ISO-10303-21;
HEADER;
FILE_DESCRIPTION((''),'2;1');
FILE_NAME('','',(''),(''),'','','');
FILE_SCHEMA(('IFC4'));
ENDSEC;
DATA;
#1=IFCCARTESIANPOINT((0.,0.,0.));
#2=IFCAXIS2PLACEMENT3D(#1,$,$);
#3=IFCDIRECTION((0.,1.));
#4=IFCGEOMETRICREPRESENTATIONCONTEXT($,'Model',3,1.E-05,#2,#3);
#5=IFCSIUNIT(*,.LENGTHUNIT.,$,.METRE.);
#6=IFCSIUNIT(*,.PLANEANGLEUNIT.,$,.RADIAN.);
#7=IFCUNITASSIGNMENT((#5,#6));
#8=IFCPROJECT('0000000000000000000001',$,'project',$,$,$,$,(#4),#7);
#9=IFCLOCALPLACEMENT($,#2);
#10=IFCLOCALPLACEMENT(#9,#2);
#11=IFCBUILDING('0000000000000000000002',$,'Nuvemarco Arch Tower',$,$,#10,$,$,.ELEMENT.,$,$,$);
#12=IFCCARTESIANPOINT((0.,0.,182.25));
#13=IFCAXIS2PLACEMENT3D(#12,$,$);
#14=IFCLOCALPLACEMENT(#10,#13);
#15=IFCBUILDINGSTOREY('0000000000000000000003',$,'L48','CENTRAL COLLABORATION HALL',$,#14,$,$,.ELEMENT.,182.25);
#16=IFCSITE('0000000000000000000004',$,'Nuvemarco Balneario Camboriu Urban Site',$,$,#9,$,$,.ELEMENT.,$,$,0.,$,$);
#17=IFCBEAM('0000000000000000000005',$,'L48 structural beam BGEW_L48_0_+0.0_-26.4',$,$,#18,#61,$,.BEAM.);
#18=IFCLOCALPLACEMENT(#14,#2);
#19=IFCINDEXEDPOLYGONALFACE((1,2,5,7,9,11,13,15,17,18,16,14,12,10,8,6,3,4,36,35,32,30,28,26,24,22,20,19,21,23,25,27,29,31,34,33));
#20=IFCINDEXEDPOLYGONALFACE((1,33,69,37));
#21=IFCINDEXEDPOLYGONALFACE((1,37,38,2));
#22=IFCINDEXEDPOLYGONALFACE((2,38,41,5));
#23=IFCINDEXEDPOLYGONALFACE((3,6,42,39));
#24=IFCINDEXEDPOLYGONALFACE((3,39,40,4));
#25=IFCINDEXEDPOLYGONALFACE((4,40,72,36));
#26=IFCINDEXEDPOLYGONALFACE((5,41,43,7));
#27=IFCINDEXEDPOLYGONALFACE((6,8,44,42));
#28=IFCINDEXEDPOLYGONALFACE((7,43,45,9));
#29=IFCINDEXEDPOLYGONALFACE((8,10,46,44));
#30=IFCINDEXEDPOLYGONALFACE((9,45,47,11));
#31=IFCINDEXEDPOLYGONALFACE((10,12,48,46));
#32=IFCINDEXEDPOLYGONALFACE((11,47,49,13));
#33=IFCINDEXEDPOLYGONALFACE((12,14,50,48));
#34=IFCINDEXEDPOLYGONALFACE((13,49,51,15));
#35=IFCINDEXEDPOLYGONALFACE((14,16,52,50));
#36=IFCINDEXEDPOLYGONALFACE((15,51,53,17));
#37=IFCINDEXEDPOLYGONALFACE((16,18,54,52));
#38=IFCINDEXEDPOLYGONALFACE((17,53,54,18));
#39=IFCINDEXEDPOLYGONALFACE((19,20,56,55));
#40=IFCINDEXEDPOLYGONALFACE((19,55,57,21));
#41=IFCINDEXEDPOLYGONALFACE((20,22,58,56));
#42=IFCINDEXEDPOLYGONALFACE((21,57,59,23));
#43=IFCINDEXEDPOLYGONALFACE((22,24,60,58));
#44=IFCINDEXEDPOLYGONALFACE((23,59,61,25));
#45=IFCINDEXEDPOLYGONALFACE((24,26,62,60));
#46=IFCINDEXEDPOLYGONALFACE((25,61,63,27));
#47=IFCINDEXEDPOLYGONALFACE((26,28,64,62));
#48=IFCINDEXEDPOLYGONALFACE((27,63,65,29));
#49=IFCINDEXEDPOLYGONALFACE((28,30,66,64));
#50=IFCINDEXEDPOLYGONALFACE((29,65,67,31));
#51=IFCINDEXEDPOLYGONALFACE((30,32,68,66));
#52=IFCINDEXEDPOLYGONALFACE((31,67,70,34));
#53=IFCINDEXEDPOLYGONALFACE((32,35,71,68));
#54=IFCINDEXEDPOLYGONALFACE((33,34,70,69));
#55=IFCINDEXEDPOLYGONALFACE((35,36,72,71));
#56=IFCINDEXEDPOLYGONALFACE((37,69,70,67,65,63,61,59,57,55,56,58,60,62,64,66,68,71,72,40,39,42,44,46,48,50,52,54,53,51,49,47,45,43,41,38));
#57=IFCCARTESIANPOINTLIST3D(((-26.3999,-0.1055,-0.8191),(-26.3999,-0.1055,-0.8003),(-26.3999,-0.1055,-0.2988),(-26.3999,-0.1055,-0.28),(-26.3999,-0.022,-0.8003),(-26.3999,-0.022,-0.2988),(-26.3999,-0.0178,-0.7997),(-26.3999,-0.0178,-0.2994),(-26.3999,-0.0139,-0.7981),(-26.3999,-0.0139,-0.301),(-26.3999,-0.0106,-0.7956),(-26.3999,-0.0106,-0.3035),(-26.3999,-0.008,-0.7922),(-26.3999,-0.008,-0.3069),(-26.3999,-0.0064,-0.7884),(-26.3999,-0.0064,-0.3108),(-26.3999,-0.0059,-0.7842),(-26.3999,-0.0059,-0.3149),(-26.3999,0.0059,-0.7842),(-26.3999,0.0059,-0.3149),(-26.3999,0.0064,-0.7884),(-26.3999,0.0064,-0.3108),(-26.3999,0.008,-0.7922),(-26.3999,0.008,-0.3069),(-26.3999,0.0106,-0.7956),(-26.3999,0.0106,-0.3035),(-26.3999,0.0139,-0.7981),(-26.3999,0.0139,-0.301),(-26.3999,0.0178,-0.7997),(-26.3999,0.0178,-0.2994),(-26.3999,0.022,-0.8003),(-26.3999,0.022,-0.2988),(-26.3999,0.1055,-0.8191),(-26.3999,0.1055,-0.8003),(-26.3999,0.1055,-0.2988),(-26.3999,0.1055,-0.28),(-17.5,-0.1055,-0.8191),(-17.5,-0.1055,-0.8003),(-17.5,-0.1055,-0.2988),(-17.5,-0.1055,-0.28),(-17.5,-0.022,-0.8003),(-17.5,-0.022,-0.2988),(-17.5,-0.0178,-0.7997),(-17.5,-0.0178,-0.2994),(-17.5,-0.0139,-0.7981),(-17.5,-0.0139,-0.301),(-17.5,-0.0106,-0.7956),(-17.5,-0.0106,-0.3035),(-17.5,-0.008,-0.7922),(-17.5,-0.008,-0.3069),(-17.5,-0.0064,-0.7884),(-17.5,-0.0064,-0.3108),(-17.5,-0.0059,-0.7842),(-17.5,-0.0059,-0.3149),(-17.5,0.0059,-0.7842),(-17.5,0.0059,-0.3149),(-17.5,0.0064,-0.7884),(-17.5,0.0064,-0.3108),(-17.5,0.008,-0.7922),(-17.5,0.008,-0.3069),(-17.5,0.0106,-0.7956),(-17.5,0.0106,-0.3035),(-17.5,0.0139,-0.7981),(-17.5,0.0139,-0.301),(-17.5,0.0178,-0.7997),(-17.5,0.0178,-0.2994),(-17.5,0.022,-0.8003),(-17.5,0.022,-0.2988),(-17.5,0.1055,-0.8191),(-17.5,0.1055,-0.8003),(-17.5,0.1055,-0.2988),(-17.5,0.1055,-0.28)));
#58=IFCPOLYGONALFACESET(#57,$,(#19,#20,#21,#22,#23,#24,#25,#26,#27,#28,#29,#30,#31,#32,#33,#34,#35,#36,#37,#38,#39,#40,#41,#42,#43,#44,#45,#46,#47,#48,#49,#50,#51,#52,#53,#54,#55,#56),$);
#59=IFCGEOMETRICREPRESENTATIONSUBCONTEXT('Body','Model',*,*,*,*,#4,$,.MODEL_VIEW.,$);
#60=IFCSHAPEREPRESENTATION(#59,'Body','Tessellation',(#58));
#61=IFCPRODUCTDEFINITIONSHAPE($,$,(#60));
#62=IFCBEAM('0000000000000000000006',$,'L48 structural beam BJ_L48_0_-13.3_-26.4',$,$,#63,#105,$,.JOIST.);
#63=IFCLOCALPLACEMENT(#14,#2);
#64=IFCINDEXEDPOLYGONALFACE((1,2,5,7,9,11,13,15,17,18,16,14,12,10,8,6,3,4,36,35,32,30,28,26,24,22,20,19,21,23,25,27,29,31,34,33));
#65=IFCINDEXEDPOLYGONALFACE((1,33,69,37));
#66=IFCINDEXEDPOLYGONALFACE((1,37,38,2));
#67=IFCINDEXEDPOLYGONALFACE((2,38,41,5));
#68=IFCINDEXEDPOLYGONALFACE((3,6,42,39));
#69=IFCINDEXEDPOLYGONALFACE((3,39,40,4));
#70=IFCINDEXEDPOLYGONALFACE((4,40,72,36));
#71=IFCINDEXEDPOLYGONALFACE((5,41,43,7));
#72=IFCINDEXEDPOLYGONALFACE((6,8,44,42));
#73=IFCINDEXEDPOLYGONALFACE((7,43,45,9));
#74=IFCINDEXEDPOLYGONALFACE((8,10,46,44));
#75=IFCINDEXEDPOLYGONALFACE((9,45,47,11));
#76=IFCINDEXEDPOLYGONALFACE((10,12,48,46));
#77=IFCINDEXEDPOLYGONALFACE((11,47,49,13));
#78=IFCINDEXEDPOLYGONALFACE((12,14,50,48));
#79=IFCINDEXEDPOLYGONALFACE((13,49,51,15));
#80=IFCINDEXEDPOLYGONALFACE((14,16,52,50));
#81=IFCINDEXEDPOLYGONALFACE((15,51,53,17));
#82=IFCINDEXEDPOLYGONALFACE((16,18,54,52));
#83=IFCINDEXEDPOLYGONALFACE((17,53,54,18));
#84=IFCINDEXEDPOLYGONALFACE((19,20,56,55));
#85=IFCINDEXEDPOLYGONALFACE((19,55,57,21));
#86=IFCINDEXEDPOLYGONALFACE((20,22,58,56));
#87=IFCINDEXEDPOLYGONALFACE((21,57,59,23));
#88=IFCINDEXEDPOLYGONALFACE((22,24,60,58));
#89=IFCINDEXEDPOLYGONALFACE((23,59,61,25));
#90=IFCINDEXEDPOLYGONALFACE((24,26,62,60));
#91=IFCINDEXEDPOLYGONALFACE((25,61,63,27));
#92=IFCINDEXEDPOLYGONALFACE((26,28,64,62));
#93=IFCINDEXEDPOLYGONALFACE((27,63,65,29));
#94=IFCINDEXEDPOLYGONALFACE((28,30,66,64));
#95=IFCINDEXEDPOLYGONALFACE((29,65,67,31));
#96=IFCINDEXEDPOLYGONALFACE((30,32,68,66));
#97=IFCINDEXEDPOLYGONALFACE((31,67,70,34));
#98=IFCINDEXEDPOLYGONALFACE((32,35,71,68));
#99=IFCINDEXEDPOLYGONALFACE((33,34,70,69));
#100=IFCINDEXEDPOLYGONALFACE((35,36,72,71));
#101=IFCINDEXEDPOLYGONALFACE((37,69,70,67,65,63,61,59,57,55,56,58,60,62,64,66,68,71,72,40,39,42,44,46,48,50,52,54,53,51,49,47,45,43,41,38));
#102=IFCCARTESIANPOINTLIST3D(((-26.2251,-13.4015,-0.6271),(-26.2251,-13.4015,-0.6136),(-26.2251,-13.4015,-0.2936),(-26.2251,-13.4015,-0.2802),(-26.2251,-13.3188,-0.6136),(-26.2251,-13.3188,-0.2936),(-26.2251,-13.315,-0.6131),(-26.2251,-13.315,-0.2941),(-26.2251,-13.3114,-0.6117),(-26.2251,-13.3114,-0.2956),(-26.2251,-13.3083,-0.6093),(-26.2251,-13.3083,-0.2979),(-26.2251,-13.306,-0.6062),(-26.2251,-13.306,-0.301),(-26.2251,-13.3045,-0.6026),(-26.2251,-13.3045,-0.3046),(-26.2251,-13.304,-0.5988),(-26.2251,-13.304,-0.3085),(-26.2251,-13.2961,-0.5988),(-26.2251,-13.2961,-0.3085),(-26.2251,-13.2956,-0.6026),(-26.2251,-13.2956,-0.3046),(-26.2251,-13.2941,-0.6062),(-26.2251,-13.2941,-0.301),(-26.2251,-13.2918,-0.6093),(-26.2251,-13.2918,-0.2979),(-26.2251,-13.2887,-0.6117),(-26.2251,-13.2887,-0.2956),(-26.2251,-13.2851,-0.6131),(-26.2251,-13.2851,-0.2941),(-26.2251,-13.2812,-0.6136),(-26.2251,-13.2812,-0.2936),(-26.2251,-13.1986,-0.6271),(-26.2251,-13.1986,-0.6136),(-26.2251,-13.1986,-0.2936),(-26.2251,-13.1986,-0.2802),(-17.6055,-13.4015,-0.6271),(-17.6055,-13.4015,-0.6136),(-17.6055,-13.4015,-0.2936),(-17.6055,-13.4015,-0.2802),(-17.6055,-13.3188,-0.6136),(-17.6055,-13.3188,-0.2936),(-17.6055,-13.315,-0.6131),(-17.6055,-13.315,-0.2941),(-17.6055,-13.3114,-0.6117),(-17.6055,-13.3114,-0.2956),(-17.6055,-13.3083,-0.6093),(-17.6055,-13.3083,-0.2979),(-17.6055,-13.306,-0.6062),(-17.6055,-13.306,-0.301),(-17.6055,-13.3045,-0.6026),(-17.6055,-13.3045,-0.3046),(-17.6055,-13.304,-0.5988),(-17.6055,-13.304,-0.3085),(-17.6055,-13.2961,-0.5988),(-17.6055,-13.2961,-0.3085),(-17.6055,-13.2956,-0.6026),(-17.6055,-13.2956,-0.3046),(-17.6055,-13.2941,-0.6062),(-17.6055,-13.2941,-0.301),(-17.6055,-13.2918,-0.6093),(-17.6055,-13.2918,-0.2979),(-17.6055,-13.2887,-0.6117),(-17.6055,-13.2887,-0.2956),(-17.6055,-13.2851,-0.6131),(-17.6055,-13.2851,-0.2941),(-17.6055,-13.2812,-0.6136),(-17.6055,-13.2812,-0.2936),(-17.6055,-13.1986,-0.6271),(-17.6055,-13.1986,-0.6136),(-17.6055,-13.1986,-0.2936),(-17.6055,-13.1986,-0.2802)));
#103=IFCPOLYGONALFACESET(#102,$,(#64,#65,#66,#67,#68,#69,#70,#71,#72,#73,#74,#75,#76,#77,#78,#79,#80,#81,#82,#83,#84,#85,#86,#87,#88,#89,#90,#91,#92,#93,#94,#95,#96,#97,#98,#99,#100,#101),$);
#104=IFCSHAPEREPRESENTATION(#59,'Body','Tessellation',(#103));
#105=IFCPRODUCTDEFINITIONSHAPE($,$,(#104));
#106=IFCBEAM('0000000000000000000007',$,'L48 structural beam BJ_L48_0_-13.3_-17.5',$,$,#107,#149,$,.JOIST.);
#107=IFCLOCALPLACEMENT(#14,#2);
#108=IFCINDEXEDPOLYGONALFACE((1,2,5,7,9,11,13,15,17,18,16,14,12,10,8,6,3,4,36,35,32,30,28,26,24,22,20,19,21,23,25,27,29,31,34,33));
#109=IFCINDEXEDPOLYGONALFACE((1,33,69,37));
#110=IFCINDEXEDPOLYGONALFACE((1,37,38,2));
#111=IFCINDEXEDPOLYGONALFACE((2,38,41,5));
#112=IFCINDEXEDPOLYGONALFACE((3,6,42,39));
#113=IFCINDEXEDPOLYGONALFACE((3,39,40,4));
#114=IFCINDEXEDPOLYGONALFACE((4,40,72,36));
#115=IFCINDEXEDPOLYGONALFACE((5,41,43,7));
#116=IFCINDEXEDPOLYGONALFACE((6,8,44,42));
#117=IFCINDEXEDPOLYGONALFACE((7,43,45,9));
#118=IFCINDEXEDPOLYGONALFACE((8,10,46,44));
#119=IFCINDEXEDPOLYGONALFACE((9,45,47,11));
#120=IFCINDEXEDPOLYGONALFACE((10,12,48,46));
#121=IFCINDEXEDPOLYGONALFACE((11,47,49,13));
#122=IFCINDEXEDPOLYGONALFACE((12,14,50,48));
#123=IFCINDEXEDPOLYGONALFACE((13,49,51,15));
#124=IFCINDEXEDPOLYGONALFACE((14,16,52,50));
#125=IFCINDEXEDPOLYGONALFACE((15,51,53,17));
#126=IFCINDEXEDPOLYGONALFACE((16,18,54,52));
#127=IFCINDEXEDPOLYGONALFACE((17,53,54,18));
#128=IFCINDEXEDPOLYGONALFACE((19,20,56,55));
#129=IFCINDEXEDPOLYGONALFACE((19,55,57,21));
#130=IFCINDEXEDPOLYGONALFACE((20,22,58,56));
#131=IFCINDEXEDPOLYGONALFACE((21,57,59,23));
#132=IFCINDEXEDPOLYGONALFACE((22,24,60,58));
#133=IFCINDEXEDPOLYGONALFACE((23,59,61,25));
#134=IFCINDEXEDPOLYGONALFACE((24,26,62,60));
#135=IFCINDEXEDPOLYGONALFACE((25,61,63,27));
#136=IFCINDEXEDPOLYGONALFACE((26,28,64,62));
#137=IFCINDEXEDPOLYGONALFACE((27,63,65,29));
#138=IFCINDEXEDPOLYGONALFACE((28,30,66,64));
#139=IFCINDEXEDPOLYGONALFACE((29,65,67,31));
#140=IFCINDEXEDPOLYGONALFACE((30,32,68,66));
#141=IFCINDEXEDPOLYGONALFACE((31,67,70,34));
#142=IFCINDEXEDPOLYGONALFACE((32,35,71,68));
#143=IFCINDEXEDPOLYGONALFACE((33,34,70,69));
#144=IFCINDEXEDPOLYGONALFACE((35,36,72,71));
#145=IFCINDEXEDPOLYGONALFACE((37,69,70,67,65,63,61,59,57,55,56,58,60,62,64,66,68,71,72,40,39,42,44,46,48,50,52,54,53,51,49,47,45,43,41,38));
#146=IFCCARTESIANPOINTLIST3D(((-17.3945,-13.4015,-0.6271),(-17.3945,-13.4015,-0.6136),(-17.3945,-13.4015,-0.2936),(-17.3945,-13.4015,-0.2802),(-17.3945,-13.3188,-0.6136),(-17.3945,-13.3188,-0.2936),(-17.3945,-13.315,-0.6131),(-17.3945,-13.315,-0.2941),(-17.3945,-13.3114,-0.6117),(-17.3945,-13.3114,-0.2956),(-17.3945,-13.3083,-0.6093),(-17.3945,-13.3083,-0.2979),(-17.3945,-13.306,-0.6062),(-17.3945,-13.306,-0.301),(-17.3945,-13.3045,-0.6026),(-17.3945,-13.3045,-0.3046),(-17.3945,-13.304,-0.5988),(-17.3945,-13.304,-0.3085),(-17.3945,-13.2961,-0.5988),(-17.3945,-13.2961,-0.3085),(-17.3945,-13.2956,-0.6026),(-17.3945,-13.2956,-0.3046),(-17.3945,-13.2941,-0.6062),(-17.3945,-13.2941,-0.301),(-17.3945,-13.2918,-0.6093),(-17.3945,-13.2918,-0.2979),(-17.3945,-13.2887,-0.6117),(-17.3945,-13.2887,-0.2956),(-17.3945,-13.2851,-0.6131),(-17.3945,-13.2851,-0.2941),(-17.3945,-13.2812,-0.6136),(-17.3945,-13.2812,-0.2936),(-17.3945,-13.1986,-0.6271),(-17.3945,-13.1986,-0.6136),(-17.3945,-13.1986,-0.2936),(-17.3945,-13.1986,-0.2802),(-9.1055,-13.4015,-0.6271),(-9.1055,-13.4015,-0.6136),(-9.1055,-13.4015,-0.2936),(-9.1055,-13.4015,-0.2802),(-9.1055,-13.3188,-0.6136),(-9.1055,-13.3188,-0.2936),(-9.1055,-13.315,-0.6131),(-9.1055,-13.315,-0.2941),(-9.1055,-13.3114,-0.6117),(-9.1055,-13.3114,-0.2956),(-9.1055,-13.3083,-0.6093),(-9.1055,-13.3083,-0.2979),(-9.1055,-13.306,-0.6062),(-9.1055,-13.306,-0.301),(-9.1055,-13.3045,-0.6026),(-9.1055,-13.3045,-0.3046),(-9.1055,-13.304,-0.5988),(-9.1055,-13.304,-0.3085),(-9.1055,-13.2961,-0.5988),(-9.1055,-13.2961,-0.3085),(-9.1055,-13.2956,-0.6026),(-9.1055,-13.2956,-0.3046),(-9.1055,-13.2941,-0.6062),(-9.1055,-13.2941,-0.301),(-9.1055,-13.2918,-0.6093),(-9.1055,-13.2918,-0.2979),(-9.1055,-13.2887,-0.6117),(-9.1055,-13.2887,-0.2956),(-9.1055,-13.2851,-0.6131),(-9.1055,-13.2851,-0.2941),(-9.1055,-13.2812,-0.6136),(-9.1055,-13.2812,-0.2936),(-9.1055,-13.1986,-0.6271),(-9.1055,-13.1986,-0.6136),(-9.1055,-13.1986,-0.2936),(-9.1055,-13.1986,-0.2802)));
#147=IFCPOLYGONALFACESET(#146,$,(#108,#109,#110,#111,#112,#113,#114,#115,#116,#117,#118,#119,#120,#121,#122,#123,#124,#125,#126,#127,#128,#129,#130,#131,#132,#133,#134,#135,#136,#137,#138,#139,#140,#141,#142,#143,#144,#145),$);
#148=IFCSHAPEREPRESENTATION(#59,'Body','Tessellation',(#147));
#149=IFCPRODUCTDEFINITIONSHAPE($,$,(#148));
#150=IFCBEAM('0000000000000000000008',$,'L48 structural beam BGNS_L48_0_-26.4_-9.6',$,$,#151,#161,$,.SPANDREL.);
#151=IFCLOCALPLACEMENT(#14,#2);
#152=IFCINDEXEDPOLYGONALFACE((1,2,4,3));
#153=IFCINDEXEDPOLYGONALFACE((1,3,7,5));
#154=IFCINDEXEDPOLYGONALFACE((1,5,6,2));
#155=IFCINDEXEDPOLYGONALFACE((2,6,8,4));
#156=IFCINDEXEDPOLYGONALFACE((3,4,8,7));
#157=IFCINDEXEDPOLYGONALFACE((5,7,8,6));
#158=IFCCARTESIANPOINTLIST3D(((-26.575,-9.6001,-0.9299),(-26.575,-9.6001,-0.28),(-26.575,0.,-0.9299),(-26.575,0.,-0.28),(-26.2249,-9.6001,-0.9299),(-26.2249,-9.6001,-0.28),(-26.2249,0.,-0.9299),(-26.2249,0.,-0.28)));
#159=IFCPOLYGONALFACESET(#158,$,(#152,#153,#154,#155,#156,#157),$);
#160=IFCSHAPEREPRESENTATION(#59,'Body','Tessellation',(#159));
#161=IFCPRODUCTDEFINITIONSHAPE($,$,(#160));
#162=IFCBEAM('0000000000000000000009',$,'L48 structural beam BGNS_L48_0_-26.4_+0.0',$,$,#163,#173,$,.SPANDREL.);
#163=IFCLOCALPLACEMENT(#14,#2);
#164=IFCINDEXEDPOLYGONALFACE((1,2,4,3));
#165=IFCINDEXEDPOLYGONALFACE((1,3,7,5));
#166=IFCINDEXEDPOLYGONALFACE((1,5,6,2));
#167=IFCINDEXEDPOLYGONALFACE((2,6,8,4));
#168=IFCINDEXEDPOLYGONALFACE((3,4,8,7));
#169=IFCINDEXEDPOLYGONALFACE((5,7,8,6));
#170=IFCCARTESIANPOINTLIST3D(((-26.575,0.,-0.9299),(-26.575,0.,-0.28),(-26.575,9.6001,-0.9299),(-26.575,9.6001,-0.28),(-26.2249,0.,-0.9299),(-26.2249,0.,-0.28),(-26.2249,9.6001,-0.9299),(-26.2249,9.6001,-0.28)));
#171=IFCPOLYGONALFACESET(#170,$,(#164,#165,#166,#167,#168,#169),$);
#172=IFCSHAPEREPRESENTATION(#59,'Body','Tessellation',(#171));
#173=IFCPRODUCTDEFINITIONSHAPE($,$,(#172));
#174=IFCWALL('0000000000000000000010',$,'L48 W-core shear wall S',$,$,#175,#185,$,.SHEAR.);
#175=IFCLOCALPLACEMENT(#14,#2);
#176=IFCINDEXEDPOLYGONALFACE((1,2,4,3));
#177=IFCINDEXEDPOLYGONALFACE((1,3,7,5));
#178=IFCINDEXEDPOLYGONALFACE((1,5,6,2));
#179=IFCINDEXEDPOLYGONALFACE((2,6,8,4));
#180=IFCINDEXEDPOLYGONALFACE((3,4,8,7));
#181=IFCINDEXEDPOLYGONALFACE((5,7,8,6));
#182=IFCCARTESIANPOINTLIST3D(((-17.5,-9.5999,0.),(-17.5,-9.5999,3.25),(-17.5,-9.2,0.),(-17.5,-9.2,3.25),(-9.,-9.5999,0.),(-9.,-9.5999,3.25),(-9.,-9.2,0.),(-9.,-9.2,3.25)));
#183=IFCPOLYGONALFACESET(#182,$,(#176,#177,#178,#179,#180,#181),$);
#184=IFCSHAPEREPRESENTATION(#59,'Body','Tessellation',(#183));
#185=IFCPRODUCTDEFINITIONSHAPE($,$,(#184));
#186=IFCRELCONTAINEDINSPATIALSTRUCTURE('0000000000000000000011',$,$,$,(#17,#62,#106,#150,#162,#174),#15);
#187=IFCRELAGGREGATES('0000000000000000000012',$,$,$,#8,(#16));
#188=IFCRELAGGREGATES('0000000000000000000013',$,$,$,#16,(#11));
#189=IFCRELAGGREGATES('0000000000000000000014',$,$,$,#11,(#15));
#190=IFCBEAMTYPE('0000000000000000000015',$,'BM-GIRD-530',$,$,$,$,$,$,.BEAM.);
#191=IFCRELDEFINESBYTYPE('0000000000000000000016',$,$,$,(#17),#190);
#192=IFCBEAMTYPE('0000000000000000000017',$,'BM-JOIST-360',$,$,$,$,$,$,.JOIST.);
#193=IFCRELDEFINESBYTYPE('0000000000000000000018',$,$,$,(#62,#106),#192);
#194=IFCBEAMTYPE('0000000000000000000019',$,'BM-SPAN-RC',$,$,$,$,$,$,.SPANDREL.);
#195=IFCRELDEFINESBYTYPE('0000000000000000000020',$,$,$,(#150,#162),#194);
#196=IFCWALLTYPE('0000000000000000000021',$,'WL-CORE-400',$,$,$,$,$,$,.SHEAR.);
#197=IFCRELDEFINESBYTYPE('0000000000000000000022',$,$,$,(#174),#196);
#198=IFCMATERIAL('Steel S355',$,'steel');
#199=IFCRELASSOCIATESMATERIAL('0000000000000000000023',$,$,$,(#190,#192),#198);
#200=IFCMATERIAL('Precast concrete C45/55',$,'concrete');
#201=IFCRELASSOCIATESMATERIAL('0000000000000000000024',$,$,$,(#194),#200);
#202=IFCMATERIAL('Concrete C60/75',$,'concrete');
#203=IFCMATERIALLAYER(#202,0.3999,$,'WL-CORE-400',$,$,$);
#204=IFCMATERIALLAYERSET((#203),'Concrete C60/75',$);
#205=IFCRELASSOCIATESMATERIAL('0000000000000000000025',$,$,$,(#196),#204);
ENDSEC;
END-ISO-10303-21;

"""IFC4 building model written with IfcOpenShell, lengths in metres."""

from ifc_helpers import new_model, si_unit, direction, frame, frame_2d, origin, origin_2d, place, context, subcontext, project, spatial, rectangle, i_section, extrude, material, layer, layer_set, material_profile, profile_set, type_object, element, save


model = new_model("IFC4")

# Units and contexts
model_context = context("Model", 3, precision=1e-05, world=origin(), true_north=direction((0.0, 1.0)))
body_context = subcontext(model_context, "Body", "Model", "MODEL_VIEW")
ifc_project = project(units=[si_unit("LENGTHUNIT", "METRE"), si_unit("PLANEANGLEUNIT", "RADIAN")], contexts=[model_context])

# Site, building, storey
site_placement = place(None, origin())
site = spatial("IfcSite", under=ifc_project, at=site_placement, Name="Nuvemarco Balneario Camboriu Urban Site", CompositionType="ELEMENT", RefElevation=0.0)
building_placement = place(site_placement, origin())
building = spatial("IfcBuilding", under=site, at=building_placement, Name="Nuvemarco Arch Tower", CompositionType="ELEMENT")
storey_placement = place(building_placement, frame((0.0, 0.0, 182.25)))
storey = spatial("IfcBuildingStorey", under=building, at=storey_placement, Name="L48", Description="CENTRAL COLLABORATION HALL", CompositionType="ELEMENT", Elevation=182.25)

# Shared definitions
ifc_material_1 = material(Name="Steel S355", Category="steel")

# Beams
ifc_material_profile_1 = material_profile(ifc_material_1, i_section(OverallWidth=0.2109, OverallDepth=0.5391, WebThickness=0.0117, FlangeThickness=0.0188, FilletRadius=0.0161, at=origin_2d()), Name="W530x109")
ifc_profile_set_1 = profile_set([ifc_material_profile_1], Name="Steel S355")
beam_type_1 = type_object("IfcBeamType", Name="BM-GIRD-530", PredefinedType="BEAM", material=ifc_profile_set_1)
beam_1_placement = place(storey_placement, frame((-26.3999, 0.0, -0.5496), z_axis=(1.0, 0.0, 0.0), x_axis=(0.0, 1.0, 0.0)))
element("IfcBeam", 1, at=beam_1_placement, inside=storey, type_object=beam_type_1, Name="L48 structural beam BGEW_L48_0_+0.0_-26.4", PredefinedType="BEAM", context=body_context, shape_type="SweptSolid", body=[
    extrude(i_section(OverallWidth=0.2109, OverallDepth=0.5391, WebThickness=0.0117, FlangeThickness=0.0188, FilletRadius=0.0161, at=origin_2d()), origin(), (0.0, 0.0, 1.0), 8.8999),
])
ifc_material_profile_2 = material_profile(ifc_material_1, i_section(OverallWidth=0.2029, OverallDepth=0.3469, WebThickness=0.0078, FlangeThickness=0.0134, FilletRadius=0.0149, at=origin_2d()), Name="W360x64")
ifc_profile_set_2 = profile_set([ifc_material_profile_2], Name="Steel S355")
beam_type_2 = type_object("IfcBeamType", Name="BM-JOIST-360", PredefinedType="JOIST", material=ifc_profile_set_2)
beam_2_placement = place(storey_placement, frame((-26.2251, -13.3, -0.4536), z_axis=(1.0, 0.0, 0.0), x_axis=(0.0, 1.0, 0.0)))
element("IfcBeam", 2, at=beam_2_placement, inside=storey, type_object=beam_type_2, Name="L48 structural beam BJ_L48_0_-13.3_-26.4", PredefinedType="JOIST", context=body_context, shape_type="SweptSolid", body=[
    extrude(i_section(OverallWidth=0.2029, OverallDepth=0.3469, WebThickness=0.0078, FlangeThickness=0.0134, FilletRadius=0.0149, at=origin_2d()), origin(), (0.0, 0.0, 1.0), 8.6196),
])
beam_3_placement = place(storey_placement, frame((-17.3945, -13.3, -0.4536), z_axis=(1.0, 0.0, 0.0), x_axis=(0.0, 1.0, 0.0)))
element("IfcBeam", 3, at=beam_3_placement, inside=storey, type_object=beam_type_2, Name="L48 structural beam BJ_L48_0_-13.3_-17.5", PredefinedType="JOIST", context=body_context, shape_type="SweptSolid", body=[
    extrude(i_section(OverallWidth=0.2029, OverallDepth=0.3469, WebThickness=0.0078, FlangeThickness=0.0134, FilletRadius=0.0149, at=origin_2d()), origin(), (0.0, 0.0, 1.0), 8.2891),
])
ifc_material_2 = material(Name="Precast concrete C45/55", Category="concrete")
ifc_material_profile_3 = material_profile(ifc_material_2, rectangle(XDim=0.3501, YDim=0.6499, at=origin_2d()), Name="PC-SP-350x650")
ifc_profile_set_3 = profile_set([ifc_material_profile_3], Name="Precast concrete C45/55")
beam_type_3 = type_object("IfcBeamType", Name="BM-SPAN-RC", PredefinedType="SPANDREL", material=ifc_profile_set_3)
for number, where, z_axis, x_axis, name in (
    (4, (-26.3999, -9.6001, -0.605), (0.0, 1.0, 0.0), (-1.0, 0.0, 0.0), "L48 structural beam BGNS_L48_0_-26.4_-9.6"),
    (5, (-26.3999, 0.0, -0.605), (0.0, 1.0, 0.0), (-1.0, 0.0, 0.0), "L48 structural beam BGNS_L48_0_-26.4_+0.0"),
):
    element("IfcBeam", number, at=place(storey_placement, frame(where, z_axis=z_axis, x_axis=x_axis)), inside=storey, type_object=beam_type_3, Name=name, PredefinedType="SPANDREL", context=body_context, shape_type="SweptSolid", body=[
        extrude(rectangle(XDim=0.3501, YDim=0.6499, at=origin_2d()), origin(), (0.0, 0.0, 1.0), 9.6001),
    ])

# Wall
ifc_material_3 = material(Name="Concrete C60/75", Category="concrete")
ifc_layer_1 = layer(ifc_material_3, 0.3999, Name="WL-CORE-400")
ifc_layer_set_1 = layer_set([ifc_layer_1], Name="Concrete C60/75")
wall_type_1 = type_object("IfcWallType", Name="WL-CORE-400", PredefinedType="SHEAR", material=ifc_layer_set_1)
wall_1_placement = place(storey_placement, frame((-17.5, -9.3999, 0.0), z_axis=(0.0, 0.0, 1.0), x_axis=(1.0, 0.0, 0.0)))
element("IfcWall", 6, at=wall_1_placement, inside=storey, type_object=wall_type_1, Name="L48 W-core shear wall S", PredefinedType="SHEAR", context=body_context, shape_type="SweptSolid", body=[
    extrude(rectangle(XDim=8.5, YDim=0.3999, at=frame_2d((4.25, 0.0))), origin(), (0.0, 0.0, 1.0), 3.25),
])

save(model, "model.ifc")
